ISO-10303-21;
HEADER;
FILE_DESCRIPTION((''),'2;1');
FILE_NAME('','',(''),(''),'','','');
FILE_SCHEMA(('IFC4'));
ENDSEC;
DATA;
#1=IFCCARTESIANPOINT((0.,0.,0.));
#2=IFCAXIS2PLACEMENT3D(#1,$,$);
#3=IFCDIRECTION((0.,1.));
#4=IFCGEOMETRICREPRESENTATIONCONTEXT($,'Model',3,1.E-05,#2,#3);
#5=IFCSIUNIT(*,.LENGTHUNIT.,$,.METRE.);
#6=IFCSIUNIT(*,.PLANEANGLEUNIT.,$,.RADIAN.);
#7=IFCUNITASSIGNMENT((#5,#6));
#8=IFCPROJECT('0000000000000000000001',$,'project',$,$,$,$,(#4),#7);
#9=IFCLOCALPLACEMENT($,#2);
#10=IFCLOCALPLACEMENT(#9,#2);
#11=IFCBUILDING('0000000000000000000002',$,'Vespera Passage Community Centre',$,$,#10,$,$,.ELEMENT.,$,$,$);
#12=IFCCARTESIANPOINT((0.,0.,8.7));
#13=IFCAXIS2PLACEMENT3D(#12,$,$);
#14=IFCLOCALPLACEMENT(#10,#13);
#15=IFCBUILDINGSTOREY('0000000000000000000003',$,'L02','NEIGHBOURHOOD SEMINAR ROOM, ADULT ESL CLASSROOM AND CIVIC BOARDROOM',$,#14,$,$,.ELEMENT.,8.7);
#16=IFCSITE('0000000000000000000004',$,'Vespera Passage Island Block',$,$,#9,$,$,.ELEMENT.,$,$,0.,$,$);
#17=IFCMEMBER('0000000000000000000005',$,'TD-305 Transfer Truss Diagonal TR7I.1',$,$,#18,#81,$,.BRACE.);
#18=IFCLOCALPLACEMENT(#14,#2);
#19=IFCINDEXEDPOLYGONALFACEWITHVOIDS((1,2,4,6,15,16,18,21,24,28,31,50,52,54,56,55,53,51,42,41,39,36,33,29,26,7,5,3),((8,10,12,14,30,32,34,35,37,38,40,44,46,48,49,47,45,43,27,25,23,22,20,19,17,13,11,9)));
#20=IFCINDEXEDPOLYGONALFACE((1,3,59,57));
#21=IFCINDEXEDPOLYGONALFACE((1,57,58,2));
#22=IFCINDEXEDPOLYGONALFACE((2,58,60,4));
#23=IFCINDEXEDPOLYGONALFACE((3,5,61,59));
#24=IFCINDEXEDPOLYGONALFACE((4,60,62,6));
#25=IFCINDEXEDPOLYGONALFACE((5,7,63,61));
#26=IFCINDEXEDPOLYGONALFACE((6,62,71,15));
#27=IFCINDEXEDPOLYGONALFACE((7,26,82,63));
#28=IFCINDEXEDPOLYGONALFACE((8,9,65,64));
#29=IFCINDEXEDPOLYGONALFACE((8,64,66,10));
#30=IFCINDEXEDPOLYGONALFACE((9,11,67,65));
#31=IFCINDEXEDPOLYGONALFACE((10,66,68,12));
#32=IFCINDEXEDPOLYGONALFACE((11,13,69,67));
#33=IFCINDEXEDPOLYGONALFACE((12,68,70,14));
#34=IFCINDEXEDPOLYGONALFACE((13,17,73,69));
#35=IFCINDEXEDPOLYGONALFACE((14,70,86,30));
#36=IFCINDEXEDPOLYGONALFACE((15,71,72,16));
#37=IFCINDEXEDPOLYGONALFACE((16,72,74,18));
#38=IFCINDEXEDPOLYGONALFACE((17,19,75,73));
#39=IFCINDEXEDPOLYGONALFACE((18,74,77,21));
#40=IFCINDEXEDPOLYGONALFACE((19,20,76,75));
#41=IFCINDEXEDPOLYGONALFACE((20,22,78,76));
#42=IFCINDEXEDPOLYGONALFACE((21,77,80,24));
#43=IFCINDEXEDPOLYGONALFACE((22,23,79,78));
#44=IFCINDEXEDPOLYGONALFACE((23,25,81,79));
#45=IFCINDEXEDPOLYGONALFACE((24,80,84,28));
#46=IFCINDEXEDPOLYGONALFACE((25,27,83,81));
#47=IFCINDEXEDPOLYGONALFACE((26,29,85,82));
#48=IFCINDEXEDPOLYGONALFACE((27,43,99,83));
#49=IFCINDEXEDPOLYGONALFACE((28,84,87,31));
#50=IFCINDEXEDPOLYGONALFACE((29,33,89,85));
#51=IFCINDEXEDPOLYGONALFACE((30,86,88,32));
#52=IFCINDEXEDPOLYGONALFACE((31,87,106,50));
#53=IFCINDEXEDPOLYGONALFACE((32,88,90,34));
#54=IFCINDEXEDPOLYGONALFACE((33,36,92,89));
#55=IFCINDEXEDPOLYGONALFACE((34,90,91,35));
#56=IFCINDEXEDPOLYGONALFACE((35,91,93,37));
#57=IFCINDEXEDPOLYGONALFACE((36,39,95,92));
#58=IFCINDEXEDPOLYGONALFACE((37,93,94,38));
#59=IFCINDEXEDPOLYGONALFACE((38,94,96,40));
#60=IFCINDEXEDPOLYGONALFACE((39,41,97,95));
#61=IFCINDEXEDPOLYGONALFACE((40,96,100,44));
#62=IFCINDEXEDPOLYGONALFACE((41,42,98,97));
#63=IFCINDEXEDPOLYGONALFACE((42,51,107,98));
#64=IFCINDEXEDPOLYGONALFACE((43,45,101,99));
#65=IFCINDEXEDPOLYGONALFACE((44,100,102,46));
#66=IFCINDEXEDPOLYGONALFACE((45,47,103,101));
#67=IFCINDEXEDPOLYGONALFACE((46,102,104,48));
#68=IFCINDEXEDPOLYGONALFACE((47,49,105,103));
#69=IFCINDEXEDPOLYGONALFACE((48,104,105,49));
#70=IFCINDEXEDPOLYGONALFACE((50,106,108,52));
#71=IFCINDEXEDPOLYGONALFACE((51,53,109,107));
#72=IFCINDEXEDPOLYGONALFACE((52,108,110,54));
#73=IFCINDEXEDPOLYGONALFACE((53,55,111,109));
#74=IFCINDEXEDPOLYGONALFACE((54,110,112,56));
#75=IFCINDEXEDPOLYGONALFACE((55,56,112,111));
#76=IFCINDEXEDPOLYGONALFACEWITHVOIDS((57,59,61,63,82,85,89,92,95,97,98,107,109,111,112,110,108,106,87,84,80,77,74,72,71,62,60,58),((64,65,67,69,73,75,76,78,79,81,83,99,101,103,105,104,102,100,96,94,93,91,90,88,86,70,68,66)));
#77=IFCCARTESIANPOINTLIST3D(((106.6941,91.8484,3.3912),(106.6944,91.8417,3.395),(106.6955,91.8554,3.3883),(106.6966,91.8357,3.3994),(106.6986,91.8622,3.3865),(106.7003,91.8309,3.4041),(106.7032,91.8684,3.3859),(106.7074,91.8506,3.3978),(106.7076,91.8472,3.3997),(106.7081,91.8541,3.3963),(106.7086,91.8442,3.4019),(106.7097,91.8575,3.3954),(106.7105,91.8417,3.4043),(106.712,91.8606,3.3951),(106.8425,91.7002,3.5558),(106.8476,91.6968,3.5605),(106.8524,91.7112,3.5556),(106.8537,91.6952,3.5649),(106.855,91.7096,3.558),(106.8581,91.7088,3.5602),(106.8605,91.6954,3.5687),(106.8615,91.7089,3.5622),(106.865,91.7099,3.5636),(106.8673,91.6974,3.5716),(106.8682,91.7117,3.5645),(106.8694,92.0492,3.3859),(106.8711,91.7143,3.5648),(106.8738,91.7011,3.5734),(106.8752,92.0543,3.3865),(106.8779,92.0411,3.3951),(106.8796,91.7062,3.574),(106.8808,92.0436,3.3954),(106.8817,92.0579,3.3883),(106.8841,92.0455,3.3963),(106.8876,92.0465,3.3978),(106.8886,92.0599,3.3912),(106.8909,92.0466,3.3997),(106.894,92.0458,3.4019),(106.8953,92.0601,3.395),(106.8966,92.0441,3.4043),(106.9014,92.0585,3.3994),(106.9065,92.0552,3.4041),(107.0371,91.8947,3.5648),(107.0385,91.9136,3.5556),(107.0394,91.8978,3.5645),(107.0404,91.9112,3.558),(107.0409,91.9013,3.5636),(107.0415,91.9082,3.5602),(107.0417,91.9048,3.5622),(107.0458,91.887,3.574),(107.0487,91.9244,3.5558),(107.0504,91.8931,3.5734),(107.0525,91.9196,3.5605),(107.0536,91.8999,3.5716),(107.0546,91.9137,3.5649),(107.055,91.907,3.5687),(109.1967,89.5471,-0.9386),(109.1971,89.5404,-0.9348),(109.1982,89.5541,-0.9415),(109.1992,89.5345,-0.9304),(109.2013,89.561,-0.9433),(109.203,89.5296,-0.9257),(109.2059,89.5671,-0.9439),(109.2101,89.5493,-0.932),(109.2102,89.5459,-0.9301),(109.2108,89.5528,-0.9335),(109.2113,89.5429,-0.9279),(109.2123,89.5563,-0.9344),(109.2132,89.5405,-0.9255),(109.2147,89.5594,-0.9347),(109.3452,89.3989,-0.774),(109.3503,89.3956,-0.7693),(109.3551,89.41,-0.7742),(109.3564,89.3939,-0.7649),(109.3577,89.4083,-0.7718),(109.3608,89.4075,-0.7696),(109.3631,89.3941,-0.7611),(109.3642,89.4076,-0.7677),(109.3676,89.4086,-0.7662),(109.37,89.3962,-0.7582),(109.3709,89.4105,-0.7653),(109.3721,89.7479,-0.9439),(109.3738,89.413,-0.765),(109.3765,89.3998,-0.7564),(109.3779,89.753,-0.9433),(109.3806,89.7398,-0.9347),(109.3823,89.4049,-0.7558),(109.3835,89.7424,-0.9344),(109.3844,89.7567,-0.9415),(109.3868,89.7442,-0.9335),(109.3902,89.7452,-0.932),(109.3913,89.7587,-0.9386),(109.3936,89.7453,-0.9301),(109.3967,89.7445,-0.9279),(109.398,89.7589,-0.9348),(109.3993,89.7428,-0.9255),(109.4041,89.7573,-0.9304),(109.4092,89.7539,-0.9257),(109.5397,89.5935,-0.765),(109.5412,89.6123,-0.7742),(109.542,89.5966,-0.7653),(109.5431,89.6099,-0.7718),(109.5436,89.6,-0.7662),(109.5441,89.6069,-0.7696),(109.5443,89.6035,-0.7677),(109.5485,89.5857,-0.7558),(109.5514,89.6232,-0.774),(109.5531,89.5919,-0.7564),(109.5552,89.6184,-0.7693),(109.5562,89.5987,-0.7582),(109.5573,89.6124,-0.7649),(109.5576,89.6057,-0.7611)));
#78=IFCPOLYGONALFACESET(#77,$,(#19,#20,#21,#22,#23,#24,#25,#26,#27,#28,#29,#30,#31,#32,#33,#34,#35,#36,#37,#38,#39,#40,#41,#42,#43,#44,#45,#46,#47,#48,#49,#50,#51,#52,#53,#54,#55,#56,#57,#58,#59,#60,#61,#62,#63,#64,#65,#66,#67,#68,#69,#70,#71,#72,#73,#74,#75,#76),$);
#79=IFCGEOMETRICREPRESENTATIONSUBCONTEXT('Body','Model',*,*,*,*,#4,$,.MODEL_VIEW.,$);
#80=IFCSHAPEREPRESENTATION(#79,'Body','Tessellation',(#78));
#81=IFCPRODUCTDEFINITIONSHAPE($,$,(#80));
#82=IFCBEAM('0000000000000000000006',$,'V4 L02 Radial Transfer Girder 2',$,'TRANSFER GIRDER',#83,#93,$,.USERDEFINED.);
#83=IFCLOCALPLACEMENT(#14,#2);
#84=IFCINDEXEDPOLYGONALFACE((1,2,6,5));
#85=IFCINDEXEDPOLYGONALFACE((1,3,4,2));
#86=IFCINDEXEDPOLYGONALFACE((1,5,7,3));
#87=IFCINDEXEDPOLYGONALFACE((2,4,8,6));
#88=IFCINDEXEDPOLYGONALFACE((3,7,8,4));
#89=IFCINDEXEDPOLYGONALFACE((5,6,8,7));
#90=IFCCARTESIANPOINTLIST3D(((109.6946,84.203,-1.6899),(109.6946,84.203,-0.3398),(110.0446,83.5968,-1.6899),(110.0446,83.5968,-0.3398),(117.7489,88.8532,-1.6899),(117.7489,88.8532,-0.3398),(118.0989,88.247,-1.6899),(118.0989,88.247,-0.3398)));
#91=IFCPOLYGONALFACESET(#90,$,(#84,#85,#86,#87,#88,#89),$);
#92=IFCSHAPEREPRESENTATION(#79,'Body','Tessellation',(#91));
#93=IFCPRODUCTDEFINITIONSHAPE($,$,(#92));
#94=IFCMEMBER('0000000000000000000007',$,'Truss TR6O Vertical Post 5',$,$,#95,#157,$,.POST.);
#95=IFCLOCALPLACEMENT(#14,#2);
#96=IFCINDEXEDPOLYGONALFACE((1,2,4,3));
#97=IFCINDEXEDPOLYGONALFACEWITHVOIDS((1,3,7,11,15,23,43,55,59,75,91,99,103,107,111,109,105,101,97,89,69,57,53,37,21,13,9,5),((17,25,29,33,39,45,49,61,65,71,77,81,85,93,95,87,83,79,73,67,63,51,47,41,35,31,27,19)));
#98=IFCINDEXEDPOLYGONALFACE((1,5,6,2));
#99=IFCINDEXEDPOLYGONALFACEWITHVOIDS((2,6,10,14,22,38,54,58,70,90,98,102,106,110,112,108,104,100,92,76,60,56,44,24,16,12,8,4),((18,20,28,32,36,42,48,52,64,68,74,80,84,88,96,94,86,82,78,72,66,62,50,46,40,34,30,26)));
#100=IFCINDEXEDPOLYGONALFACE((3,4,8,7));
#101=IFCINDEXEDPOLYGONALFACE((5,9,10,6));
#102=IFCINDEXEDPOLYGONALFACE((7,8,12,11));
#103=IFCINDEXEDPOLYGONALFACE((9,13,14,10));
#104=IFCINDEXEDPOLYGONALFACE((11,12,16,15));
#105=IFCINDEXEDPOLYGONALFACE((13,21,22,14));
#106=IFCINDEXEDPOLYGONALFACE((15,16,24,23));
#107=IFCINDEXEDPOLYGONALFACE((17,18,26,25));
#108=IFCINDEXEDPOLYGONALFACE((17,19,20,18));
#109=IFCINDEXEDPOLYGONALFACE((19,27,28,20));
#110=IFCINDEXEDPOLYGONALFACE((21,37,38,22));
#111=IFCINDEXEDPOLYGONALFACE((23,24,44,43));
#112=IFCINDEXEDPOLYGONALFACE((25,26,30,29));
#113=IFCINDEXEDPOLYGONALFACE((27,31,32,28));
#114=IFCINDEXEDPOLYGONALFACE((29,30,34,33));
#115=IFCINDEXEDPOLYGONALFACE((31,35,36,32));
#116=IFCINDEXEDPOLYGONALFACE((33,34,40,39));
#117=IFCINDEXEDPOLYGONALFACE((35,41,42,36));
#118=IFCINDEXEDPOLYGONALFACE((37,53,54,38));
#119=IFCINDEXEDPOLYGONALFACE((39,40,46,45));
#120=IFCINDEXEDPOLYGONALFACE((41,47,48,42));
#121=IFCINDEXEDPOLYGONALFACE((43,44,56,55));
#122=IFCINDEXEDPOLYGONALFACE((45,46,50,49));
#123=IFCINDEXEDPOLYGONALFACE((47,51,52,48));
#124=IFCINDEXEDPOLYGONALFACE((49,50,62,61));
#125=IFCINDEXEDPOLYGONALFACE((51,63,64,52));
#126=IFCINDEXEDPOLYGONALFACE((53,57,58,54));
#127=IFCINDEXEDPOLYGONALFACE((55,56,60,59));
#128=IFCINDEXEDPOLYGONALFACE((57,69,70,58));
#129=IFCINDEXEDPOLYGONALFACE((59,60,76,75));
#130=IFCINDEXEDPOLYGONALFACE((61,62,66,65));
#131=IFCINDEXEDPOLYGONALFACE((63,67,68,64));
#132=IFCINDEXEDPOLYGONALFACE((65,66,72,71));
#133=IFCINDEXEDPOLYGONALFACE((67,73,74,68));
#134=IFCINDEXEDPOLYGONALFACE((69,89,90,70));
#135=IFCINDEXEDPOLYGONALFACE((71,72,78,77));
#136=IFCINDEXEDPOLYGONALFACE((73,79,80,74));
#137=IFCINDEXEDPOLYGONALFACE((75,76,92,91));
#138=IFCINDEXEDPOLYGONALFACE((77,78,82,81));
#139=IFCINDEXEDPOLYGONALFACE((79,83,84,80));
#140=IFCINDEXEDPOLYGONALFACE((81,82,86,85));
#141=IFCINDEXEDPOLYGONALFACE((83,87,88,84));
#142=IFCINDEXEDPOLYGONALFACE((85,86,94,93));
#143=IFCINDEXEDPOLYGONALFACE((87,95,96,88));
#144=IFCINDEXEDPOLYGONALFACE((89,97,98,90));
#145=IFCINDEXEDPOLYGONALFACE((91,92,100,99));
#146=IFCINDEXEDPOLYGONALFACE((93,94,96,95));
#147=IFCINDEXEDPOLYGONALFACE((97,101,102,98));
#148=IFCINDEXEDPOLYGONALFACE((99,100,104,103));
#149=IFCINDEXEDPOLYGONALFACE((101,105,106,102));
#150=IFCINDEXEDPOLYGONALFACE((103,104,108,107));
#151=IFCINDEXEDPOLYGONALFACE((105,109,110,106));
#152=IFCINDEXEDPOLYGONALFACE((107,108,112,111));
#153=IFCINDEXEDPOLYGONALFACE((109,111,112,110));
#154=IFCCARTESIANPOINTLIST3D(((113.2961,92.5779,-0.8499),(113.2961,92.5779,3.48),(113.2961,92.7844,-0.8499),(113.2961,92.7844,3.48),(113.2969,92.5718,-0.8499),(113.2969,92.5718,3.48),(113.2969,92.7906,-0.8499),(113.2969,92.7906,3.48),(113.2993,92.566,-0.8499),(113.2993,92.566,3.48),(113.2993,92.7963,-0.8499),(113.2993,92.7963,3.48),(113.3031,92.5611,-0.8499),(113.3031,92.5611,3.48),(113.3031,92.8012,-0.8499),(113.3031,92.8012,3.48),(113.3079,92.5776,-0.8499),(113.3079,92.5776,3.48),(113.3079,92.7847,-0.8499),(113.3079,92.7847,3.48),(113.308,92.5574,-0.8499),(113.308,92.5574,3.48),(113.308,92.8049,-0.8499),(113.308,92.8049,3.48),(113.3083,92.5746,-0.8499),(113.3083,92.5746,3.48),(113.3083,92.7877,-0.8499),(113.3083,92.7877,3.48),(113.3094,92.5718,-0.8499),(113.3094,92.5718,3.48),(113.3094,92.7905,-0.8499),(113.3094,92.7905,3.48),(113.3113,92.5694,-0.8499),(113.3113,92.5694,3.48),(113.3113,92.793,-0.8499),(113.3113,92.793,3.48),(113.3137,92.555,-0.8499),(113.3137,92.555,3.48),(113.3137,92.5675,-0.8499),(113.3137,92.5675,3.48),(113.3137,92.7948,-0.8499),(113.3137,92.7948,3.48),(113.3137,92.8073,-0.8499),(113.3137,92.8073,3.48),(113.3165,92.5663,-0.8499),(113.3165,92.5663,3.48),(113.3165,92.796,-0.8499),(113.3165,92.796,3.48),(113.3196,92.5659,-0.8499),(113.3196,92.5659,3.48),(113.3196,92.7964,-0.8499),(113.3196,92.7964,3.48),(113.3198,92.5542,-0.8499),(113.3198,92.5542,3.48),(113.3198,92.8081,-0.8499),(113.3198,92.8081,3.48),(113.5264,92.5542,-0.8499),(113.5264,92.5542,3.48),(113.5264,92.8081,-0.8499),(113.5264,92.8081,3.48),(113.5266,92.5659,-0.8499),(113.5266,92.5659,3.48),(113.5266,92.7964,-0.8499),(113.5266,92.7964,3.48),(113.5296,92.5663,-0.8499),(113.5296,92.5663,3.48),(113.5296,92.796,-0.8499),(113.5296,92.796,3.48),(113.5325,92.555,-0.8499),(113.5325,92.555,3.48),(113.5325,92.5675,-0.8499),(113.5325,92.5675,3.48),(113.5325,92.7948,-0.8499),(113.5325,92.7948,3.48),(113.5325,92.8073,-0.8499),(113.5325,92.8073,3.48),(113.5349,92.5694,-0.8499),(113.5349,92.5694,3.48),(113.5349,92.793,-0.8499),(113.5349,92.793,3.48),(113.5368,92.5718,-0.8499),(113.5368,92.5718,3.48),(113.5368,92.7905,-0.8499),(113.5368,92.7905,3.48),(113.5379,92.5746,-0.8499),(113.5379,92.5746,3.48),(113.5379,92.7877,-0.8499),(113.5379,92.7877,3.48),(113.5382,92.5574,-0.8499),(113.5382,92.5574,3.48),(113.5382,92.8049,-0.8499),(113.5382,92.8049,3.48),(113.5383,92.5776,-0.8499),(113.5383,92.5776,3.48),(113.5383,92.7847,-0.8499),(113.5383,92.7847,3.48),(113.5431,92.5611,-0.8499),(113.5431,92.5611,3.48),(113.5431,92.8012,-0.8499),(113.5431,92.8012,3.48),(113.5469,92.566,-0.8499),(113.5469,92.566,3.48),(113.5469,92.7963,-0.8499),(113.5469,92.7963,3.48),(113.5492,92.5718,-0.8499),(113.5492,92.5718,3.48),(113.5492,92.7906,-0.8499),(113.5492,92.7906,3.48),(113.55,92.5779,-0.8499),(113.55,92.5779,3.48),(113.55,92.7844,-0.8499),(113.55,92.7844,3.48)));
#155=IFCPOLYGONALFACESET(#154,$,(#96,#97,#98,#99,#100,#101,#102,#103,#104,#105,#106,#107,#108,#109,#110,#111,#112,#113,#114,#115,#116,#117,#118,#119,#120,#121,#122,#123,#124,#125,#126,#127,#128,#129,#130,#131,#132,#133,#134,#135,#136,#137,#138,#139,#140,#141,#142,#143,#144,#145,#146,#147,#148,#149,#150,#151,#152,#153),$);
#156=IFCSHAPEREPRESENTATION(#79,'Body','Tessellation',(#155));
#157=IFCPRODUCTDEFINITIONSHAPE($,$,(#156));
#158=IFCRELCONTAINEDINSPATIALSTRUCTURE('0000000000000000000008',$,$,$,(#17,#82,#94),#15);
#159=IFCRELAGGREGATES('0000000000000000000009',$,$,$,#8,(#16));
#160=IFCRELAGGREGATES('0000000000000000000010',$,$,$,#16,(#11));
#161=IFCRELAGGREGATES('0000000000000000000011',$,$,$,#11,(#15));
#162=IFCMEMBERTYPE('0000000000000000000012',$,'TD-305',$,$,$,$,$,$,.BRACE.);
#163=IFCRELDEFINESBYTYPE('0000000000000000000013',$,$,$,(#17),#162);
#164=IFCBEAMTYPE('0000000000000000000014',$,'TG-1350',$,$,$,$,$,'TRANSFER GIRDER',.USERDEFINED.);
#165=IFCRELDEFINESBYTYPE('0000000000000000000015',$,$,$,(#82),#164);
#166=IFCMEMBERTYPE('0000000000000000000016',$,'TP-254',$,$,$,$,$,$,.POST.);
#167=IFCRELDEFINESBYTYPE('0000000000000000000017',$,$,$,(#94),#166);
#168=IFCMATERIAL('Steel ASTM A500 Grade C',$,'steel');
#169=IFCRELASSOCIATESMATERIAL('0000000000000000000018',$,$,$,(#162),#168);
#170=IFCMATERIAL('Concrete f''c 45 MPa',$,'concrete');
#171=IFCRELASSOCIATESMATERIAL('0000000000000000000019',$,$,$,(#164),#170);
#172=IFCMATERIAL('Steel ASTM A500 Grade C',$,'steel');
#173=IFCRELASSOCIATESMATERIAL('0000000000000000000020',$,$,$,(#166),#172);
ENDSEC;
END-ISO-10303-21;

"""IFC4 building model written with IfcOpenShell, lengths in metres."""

from ifc_helpers import new_model, si_unit, direction, frame, origin, origin_2d, place, context, subcontext, project, spatial, rectangle, hollow_rectangle, extrude, material, material_profile, profile_set, type_object, element, save


model = new_model("IFC4")

# Units and contexts
model_context = context("Model", 3, precision=1e-05, world=origin(), true_north=direction((0.0, 1.0)))
body_context = subcontext(model_context, "Body", "Model", "MODEL_VIEW")
ifc_project = project(units=[si_unit("LENGTHUNIT", "METRE"), si_unit("PLANEANGLEUNIT", "RADIAN")], contexts=[model_context])

# Site, building, storey
site_placement = place(None, origin())
site = spatial("IfcSite", under=ifc_project, at=site_placement, Name="Vespera Passage Island Block", CompositionType="ELEMENT", RefElevation=0.0)
building_placement = place(site_placement, origin())
building = spatial("IfcBuilding", under=site, at=building_placement, Name="Vespera Passage Community Centre", CompositionType="ELEMENT")
storey_placement = place(building_placement, frame((0.0, 0.0, 8.7)))
storey = spatial("IfcBuildingStorey", under=building, at=storey_placement, Name="L02", Description="NEIGHBOURHOOD SEMINAR ROOM, ADULT ESL CLASSROOM AND CIVIC BOARDROOM", CompositionType="ELEMENT", Elevation=8.7)

# Member
ifc_material_1 = material(Name="Steel ASTM A500 Grade C", Category="steel")
ifc_material_profile_1 = material_profile(ifc_material_1, hollow_rectangle(XDim=0.3047, YDim=0.3047, WallThickness=0.0149, InnerFilletRadius=0.0149, OuterFilletRadius=0.0295, at=origin_2d()), Name="HSS305X305X15.9")
ifc_profile_set_1 = profile_set([ifc_material_profile_1], Name="Steel ASTM A500 Grade C")
member_type_1 = type_object("IfcMemberType", Name="TD-305", PredefinedType="BRACE", material=ifc_profile_set_1)
member_1_placement = place(storey_placement, frame((109.3772, 89.5764, -0.8499), z_axis=(-0.454608, 0.418021, 0.786505), x_axis=(-0.676865, -0.736107, 0.0)))
element("IfcMember", 1, at=member_1_placement, inside=storey, type_object=member_type_1, Name="TD-305 Transfer Truss Diagonal TR7I.1", PredefinedType="BRACE", context=body_context, shape_type="SweptSolid", body=[
    extrude(hollow_rectangle(XDim=0.3047, YDim=0.3047, WallThickness=0.0149, InnerFilletRadius=0.0149, OuterFilletRadius=0.0295, at=origin_2d()), origin(), (0.0, 0.0, 1.0), 5.5051),
])

# Beam
ifc_material_2 = material(Name="Concrete f'c 45 MPa", Category="concrete")
ifc_material_profile_2 = material_profile(ifc_material_2, rectangle(XDim=0.7, YDim=1.3501, at=origin_2d()), Name="RC700X1350")
ifc_profile_set_2 = profile_set([ifc_material_profile_2], Name="Concrete f'c 45 MPa")
beam_type_1 = type_object("IfcBeamType", Name="TG-1350", ElementType="TRANSFER GIRDER", PredefinedType="USERDEFINED", material=ifc_profile_set_2)
beam_1_placement = place(storey_placement, frame((109.8696, 83.8999, -1.0149), z_axis=(0.866023, 0.500004, 0.0), x_axis=(-0.500004, 0.866023, 0.0)))
element("IfcBeam", 2, at=beam_1_placement, inside=storey, type_object=beam_type_1, Name="V4 L02 Radial Transfer Girder 2", ObjectType="TRANSFER GIRDER", PredefinedType="USERDEFINED", context=body_context, shape_type="SweptSolid", body=[
    extrude(rectangle(XDim=0.7, YDim=1.3501, at=origin_2d()), origin(), (0.0, 0.0, 1.0), 9.3003),
])

# Member
ifc_material_3 = material(Name="Steel ASTM A500 Grade C", Category="steel")
ifc_material_profile_3 = material_profile(ifc_material_3, hollow_rectangle(XDim=0.2539, YDim=0.2539, WallThickness=0.0117, InnerFilletRadius=0.0117, OuterFilletRadius=0.0237, at=origin_2d()), Name="HSS254X254X12.7")
ifc_profile_set_3 = profile_set([ifc_material_profile_3], Name="Steel ASTM A500 Grade C")
member_type_2 = type_object("IfcMemberType", Name="TP-254", PredefinedType="POST", material=ifc_profile_set_3)
for number, where, z_axis, x_axis, name in (
    (3, (113.4231, 92.6812, -0.8499), (0.0, 0.0, 1.0), (1.0, 0.0, 0.0), "Truss TR6O Vertical Post 5"),
):
    element("IfcMember", number, at=place(storey_placement, frame(where, z_axis=z_axis, x_axis=x_axis)), inside=storey, type_object=member_type_2, Name=name, PredefinedType="POST", context=body_context, shape_type="SweptSolid", body=[
        extrude(hollow_rectangle(XDim=0.2539, YDim=0.2539, WallThickness=0.0117, InnerFilletRadius=0.0117, OuterFilletRadius=0.0237, at=origin_2d()), origin(), (0.0, 0.0, 1.0), 4.3298),
    ])

save(model, "model.ifc")
